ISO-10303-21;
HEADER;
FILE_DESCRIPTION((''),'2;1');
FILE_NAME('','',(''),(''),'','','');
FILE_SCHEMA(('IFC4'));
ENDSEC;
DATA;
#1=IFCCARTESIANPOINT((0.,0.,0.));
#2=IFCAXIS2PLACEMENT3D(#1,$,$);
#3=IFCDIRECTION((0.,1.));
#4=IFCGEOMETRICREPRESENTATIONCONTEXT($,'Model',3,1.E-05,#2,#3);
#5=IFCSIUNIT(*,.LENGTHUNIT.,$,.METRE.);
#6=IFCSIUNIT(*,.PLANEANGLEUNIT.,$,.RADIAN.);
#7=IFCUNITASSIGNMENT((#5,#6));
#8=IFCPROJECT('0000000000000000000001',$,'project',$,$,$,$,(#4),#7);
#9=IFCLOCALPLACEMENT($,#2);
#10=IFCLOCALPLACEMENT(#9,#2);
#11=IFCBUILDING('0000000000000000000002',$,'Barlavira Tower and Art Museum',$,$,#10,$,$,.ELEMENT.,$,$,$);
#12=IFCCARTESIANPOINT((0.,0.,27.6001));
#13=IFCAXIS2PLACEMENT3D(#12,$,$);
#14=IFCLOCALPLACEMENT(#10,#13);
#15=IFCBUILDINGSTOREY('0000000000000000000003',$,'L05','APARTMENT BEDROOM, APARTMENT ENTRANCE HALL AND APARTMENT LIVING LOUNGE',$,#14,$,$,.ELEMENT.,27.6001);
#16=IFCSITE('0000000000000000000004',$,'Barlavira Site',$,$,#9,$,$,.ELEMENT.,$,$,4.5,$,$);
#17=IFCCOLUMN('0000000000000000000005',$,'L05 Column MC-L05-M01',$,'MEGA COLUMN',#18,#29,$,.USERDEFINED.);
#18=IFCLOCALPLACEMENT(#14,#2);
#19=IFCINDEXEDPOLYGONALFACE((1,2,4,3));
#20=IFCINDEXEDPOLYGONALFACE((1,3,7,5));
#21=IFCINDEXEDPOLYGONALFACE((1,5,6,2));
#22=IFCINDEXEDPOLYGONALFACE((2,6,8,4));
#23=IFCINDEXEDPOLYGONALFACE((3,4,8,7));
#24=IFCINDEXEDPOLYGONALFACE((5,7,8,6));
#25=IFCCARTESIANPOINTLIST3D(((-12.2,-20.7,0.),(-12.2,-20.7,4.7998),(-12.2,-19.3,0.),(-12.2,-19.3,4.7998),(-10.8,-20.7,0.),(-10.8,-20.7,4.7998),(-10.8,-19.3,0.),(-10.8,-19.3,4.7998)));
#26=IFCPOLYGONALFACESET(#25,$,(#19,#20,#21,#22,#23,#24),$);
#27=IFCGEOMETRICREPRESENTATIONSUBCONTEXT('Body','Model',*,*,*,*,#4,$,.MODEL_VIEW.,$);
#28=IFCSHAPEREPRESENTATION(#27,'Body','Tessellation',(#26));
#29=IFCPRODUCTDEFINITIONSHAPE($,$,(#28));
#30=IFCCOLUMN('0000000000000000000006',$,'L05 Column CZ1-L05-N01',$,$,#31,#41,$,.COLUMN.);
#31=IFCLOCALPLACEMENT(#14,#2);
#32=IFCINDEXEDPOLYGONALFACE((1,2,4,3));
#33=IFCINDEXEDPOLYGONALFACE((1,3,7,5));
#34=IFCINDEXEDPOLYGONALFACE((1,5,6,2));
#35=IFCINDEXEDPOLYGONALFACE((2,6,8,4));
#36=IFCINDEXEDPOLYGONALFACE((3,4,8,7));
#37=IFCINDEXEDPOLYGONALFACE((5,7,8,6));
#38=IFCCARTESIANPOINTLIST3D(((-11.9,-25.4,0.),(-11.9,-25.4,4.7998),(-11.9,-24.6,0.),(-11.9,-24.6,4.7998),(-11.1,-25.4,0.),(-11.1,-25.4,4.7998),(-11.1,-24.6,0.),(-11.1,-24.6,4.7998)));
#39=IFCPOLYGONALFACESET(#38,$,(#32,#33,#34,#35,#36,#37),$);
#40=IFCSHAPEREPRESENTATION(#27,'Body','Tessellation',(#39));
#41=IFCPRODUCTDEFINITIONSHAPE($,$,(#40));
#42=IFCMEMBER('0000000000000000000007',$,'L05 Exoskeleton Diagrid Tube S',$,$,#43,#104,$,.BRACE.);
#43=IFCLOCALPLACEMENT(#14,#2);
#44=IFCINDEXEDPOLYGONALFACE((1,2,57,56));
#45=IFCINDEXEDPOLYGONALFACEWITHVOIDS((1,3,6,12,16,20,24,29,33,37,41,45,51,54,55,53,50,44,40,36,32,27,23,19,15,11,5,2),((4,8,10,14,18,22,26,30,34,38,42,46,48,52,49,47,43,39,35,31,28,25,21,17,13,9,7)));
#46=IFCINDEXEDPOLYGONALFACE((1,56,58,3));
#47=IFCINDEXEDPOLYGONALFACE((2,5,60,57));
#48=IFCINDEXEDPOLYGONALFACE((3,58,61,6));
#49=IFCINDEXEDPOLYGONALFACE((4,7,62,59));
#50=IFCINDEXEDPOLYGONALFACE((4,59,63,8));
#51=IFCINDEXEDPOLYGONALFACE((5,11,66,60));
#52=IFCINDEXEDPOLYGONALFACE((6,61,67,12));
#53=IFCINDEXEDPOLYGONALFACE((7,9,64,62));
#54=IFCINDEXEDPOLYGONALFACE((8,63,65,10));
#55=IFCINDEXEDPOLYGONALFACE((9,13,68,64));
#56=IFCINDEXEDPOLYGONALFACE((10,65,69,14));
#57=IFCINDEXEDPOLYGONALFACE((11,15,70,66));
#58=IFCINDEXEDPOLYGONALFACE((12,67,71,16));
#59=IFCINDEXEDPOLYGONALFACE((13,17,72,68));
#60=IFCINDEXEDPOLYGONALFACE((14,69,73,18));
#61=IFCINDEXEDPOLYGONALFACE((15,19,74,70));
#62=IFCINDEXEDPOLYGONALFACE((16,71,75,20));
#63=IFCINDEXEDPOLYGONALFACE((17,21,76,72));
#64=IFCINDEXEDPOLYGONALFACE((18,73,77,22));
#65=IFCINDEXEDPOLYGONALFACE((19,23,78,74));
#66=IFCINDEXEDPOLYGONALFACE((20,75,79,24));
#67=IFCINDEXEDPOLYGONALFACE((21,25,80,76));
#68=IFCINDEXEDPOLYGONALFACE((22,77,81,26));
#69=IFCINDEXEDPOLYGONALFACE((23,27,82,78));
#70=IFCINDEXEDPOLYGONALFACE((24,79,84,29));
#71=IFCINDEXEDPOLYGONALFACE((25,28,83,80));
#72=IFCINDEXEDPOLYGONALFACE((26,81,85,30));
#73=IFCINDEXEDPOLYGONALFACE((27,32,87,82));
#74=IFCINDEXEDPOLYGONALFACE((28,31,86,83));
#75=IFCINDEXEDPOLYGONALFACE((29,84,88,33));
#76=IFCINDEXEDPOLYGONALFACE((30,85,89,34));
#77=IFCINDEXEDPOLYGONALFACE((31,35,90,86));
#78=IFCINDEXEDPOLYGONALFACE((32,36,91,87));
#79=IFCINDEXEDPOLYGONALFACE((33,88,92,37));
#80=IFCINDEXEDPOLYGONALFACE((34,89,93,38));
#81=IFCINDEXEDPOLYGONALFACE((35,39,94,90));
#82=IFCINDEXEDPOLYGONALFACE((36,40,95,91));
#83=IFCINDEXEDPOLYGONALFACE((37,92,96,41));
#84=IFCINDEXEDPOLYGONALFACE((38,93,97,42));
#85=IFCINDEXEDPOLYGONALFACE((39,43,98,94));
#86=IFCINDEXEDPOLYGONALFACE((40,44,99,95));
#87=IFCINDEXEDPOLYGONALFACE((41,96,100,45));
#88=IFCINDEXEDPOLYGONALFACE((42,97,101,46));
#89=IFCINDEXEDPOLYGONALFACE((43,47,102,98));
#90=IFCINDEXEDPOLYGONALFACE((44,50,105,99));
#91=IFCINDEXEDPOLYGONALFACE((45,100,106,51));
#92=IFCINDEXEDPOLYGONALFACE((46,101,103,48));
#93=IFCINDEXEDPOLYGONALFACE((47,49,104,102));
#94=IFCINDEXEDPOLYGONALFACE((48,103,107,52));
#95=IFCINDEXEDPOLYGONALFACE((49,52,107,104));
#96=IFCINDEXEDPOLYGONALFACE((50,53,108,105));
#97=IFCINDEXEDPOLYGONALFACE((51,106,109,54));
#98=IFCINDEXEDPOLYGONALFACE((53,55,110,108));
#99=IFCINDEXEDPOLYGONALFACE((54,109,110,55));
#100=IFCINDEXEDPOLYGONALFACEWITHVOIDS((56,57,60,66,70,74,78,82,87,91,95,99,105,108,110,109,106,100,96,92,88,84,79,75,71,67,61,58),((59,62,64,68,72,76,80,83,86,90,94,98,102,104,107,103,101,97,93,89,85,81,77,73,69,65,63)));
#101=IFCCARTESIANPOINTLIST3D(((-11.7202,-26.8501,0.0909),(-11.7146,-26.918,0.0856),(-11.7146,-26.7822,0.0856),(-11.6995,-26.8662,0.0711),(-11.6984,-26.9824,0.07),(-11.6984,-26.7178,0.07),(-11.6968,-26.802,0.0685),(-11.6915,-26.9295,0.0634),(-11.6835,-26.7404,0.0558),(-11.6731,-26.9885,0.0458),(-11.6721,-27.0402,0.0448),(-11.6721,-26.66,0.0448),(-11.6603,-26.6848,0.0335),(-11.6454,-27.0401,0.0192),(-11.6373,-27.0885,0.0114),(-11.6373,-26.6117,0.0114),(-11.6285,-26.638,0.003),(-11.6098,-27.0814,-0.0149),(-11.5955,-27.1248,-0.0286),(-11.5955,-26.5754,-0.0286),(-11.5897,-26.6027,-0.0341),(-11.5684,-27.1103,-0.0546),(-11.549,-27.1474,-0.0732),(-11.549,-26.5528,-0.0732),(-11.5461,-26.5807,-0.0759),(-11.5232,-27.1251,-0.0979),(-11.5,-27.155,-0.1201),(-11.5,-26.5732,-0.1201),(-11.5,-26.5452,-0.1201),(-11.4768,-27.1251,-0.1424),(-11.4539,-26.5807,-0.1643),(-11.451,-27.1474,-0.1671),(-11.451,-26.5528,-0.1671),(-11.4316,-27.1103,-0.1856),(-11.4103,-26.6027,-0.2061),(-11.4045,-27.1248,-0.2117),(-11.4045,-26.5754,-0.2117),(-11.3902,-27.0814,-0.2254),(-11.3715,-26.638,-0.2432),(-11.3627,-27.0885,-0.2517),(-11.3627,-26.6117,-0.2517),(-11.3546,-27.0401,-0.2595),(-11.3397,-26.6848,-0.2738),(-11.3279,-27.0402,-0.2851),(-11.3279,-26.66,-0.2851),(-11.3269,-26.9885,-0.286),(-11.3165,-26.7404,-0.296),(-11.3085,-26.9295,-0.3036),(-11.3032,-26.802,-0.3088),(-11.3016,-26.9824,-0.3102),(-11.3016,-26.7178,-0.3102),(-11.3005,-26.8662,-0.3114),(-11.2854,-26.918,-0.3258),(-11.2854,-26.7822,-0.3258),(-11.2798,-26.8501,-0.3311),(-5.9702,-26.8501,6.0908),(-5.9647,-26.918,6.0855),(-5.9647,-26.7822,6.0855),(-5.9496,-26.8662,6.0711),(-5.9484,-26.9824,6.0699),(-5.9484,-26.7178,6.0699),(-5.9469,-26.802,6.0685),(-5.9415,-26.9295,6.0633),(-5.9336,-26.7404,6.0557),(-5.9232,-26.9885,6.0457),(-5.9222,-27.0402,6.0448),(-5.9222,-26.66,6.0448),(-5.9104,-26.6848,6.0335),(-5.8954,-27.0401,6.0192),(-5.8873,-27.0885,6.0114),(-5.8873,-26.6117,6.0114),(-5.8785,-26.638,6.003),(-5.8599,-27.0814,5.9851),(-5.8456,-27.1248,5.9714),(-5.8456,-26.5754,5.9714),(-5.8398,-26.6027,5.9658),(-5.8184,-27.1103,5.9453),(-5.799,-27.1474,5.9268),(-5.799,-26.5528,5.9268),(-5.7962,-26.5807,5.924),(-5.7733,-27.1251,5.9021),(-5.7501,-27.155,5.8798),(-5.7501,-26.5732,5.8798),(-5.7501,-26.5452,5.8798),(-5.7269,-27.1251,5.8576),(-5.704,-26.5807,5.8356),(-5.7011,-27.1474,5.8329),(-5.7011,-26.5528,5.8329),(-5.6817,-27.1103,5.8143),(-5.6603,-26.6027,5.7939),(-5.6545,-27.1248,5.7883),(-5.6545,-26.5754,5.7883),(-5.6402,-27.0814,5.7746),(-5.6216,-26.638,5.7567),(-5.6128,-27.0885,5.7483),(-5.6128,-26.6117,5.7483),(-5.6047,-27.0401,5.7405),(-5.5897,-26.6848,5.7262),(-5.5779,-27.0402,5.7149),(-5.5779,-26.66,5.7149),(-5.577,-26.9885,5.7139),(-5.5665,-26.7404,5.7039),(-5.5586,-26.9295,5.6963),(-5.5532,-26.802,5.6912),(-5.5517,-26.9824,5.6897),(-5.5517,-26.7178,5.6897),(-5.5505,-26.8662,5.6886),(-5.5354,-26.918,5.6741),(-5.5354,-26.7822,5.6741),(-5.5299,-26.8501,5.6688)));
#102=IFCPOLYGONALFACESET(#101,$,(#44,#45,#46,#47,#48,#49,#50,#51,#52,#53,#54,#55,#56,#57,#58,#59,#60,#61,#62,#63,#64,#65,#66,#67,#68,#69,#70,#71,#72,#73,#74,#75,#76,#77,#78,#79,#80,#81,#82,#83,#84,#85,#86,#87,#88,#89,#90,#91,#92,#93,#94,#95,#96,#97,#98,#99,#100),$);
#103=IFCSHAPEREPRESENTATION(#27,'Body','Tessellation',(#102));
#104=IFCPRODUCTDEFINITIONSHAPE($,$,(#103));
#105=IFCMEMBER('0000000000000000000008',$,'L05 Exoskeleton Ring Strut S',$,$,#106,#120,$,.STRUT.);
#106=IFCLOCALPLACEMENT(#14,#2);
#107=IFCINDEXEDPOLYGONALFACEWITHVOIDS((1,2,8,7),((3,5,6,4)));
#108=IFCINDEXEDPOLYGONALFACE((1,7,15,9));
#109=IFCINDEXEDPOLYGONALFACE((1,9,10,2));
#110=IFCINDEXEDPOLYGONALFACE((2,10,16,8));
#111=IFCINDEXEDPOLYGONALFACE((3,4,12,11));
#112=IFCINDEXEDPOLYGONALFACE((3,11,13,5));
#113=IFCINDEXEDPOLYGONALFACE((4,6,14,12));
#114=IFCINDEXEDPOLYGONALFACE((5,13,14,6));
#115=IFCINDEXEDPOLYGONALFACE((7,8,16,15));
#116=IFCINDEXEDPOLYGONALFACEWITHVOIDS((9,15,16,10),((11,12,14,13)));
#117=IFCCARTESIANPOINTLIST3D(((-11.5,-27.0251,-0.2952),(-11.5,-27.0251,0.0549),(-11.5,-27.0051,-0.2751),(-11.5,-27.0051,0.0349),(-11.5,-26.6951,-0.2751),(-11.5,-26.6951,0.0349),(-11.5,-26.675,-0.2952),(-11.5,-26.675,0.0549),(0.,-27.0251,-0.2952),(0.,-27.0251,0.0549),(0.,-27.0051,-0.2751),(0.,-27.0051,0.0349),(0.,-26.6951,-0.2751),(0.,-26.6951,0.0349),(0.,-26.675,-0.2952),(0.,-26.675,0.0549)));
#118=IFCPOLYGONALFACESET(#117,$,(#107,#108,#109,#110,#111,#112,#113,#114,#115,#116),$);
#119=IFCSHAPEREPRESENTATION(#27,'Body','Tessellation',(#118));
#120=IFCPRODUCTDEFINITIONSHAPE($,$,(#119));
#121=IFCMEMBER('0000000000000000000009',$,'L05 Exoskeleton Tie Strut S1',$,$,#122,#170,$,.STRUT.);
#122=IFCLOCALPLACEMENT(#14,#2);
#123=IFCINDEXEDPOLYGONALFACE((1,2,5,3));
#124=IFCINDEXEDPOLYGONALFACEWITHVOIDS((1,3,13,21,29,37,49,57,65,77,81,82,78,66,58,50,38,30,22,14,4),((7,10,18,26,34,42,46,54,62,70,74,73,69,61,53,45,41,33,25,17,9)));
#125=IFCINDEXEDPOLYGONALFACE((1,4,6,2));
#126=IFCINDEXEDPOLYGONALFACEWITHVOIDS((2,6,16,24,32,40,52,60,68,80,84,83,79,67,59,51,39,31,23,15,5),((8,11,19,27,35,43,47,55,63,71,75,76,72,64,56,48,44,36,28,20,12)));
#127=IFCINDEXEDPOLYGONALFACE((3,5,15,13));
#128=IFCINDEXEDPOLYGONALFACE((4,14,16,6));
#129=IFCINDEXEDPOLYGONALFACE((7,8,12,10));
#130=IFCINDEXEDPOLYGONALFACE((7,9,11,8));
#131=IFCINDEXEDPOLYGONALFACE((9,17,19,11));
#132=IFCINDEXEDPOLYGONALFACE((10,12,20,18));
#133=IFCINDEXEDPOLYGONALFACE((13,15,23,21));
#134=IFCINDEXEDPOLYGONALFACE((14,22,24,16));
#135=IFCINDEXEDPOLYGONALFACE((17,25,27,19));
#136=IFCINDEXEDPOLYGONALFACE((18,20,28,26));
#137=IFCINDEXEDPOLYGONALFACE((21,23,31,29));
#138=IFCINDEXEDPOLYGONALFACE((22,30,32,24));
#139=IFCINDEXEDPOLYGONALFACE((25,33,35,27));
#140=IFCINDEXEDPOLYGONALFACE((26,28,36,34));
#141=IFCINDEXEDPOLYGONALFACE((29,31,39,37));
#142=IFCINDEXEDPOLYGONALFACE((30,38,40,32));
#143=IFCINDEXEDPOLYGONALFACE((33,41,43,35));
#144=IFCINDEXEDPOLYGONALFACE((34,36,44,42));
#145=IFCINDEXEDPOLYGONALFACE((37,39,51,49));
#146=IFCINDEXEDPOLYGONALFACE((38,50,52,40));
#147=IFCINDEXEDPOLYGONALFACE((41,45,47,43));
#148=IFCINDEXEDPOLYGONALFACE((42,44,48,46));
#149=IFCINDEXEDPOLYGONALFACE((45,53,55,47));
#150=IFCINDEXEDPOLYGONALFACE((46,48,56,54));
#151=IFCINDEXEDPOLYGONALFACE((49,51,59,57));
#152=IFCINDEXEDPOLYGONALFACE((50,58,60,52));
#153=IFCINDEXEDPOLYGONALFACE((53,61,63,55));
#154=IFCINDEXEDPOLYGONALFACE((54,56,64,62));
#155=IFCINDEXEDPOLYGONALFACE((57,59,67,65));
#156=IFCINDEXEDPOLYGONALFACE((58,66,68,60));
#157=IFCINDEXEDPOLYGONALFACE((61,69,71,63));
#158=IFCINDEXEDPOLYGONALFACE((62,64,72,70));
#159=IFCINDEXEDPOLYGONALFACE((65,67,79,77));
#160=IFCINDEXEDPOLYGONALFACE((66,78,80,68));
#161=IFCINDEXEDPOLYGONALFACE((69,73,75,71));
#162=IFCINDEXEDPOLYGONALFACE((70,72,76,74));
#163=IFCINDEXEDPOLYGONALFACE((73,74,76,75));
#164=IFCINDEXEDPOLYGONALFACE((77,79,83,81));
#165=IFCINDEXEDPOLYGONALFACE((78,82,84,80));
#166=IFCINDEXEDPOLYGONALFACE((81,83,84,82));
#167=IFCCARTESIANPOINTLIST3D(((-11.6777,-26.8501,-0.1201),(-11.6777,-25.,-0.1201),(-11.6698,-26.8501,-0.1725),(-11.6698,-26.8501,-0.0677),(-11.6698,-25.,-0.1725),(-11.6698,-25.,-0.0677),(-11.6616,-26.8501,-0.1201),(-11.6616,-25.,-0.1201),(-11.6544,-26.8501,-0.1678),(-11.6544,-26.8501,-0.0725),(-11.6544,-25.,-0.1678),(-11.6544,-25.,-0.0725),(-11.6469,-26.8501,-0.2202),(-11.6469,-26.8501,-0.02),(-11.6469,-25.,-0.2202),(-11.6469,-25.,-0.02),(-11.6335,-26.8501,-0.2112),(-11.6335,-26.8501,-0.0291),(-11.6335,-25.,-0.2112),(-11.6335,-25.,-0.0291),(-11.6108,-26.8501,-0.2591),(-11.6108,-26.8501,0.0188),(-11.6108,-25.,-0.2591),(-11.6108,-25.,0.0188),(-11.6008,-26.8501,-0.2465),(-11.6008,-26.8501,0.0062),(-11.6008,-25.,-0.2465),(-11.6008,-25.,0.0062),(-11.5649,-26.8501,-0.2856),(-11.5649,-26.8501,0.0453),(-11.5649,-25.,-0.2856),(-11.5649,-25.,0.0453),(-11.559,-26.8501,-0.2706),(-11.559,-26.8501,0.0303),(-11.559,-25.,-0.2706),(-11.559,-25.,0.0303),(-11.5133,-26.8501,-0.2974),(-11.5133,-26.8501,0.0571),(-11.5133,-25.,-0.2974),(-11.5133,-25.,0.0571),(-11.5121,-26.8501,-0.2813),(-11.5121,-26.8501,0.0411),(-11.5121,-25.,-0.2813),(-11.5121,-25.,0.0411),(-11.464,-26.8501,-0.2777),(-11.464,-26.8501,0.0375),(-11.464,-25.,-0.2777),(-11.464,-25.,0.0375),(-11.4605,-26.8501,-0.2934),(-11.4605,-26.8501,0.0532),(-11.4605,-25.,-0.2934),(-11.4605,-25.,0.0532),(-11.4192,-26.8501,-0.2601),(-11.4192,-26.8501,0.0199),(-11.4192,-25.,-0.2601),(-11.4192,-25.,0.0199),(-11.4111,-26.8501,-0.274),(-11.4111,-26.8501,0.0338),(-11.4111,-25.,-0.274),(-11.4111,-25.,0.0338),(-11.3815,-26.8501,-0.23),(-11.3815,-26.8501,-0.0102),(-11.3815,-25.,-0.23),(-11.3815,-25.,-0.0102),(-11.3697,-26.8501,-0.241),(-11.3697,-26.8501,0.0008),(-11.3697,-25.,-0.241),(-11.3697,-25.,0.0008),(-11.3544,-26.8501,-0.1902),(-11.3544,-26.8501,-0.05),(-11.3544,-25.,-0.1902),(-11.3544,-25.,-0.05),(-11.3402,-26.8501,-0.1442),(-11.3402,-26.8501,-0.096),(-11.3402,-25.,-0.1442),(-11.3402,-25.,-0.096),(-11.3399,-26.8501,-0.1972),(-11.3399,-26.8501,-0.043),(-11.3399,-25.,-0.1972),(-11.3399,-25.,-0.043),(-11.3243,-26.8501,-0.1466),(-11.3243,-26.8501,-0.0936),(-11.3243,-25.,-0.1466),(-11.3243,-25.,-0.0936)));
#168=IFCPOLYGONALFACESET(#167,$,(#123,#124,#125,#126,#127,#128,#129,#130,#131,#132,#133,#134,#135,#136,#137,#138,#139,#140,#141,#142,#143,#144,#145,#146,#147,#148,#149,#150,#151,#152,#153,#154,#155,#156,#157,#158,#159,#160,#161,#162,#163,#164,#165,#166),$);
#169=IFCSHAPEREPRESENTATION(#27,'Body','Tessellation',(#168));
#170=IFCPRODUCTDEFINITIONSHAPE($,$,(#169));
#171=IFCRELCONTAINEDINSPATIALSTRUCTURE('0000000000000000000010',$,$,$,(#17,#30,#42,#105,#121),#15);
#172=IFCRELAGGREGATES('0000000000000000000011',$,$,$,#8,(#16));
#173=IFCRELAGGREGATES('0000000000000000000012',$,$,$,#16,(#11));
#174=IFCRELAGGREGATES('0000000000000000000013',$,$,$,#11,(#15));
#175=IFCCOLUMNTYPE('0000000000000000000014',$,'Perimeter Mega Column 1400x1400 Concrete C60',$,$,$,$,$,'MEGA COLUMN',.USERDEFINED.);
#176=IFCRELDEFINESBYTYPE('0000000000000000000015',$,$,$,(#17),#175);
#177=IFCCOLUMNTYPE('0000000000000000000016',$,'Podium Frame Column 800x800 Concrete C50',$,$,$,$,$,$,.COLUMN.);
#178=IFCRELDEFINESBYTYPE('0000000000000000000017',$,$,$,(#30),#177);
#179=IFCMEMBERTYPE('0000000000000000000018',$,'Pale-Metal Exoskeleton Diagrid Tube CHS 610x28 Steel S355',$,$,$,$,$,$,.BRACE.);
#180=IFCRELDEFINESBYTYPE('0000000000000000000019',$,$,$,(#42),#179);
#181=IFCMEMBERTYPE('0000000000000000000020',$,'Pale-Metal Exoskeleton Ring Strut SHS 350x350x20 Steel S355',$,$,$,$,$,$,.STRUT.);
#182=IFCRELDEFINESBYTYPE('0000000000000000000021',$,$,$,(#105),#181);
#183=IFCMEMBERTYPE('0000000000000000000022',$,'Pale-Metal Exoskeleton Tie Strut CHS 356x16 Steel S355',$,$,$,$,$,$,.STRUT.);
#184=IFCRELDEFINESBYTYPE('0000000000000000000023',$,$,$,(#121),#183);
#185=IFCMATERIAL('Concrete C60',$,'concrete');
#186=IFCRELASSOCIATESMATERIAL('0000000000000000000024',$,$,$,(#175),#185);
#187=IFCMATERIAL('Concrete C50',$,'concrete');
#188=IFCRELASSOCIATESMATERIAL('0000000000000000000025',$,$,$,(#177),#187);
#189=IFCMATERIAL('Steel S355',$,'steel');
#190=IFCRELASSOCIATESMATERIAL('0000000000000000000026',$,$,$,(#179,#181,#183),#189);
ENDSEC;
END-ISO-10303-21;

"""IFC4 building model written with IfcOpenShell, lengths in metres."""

from ifc_helpers import new_model, si_unit, direction, frame, origin, origin_2d, place, context, subcontext, project, spatial, rectangle, hollow_rectangle, hollow_circle, extrude, material, material_profile, profile_set, type_object, element, save


model = new_model("IFC4")

# Units and contexts
model_context = context("Model", 3, precision=1e-05, world=origin(), true_north=direction((0.0, 1.0)))
body_context = subcontext(model_context, "Body", "Model", "MODEL_VIEW")
ifc_project = project(units=[si_unit("LENGTHUNIT", "METRE"), si_unit("PLANEANGLEUNIT", "RADIAN")], contexts=[model_context])

# Site, building, storey
site_placement = place(None, origin())
site = spatial("IfcSite", under=ifc_project, at=site_placement, Name="Barlavira Site", CompositionType="ELEMENT", RefElevation=4.5)
building_placement = place(site_placement, origin())
building = spatial("IfcBuilding", under=site, at=building_placement, Name="Barlavira Tower and Art Museum", CompositionType="ELEMENT")
storey_placement = place(building_placement, frame((0.0, 0.0, 27.6001)))
storey = spatial("IfcBuildingStorey", under=building, at=storey_placement, Name="L05", Description="APARTMENT BEDROOM, APARTMENT ENTRANCE HALL AND APARTMENT LIVING LOUNGE", CompositionType="ELEMENT", Elevation=27.6001)

# Columns
ifc_material_1 = material(Name="Concrete C60", Category="concrete")
ifc_material_profile_1 = material_profile(ifc_material_1, rectangle(XDim=1.3999, YDim=1.3999, at=origin_2d()), Name="RC-MCOL 1400x1400")
ifc_profile_set_1 = profile_set([ifc_material_profile_1], Name="Concrete C60")
column_type_1 = type_object("IfcColumnType", Name="Perimeter Mega Column 1400x1400 Concrete C60", ElementType="MEGA COLUMN", PredefinedType="USERDEFINED", material=ifc_profile_set_1)
column_1_placement = place(storey_placement, frame((-11.5, -20.0, 0.0), z_axis=(0.0, 0.0, 1.0), x_axis=(1.0, 0.0, 0.0)))
element("IfcColumn", 1, at=column_1_placement, inside=storey, type_object=column_type_1, Name="L05 Column MC-L05-M01", ObjectType="MEGA COLUMN", PredefinedType="USERDEFINED", context=body_context, shape_type="SweptSolid", body=[
    extrude(rectangle(XDim=1.3999, YDim=1.3999, at=origin_2d()), origin(), (0.0, 0.0, 1.0), 4.7998),
])
ifc_material_2 = material(Name="Concrete C50", Category="concrete")
ifc_material_profile_2 = material_profile(ifc_material_2, rectangle(XDim=0.8, YDim=0.8, at=origin_2d()), Name="RC-COL 800x800")
ifc_profile_set_2 = profile_set([ifc_material_profile_2], Name="Concrete C50")
column_type_2 = type_object("IfcColumnType", Name="Podium Frame Column 800x800 Concrete C50", PredefinedType="COLUMN", material=ifc_profile_set_2)
column_2_placement = place(storey_placement, frame((-11.5, -25.0, 0.0), z_axis=(0.0, 0.0, 1.0), x_axis=(1.0, 0.0, 0.0)))
element("IfcColumn", 2, at=column_2_placement, inside=storey, type_object=column_type_2, Name="L05 Column CZ1-L05-N01", PredefinedType="COLUMN", context=body_context, shape_type="SweptSolid", body=[
    extrude(rectangle(XDim=0.8, YDim=0.8, at=origin_2d()), origin(), (0.0, 0.0, 1.0), 4.7998),
])

# Members
ifc_material_3 = material(Name="Steel S355", Category="steel")
ifc_material_profile_3 = material_profile(ifc_material_3, hollow_circle(Radius=0.3049, WallThickness=0.0281, at=origin_2d()), Name="CHS 610.0x28.0")
ifc_profile_set_3 = profile_set([ifc_material_profile_3], Name="Steel S355")
member_type_1 = type_object("IfcMemberType", Name="Pale-Metal Exoskeleton Diagrid Tube CHS 610x28 Steel S355", PredefinedType="BRACE", material=ifc_profile_set_3)
member_1_placement = place(storey_placement, frame((-11.5, -26.8501, -0.1201), z_axis=(0.691905, 0.0, 0.721988), x_axis=(0.0, 1.0, 0.0)))
element("IfcMember", 3, at=member_1_placement, inside=storey, type_object=member_type_1, Name="L05 Exoskeleton Diagrid Tube S", PredefinedType="BRACE", context=body_context, shape_type="SweptSolid", body=[
    extrude(hollow_circle(Radius=0.3049, WallThickness=0.0281, at=origin_2d()), origin(), (0.0, 0.0, 1.0), 8.3103),
])
ifc_material_profile_4 = material_profile(ifc_material_3, hollow_rectangle(XDim=0.3501, YDim=0.3501, WallThickness=0.02, at=origin_2d()), Name="SHS 350x350x20.0")
ifc_profile_set_4 = profile_set([ifc_material_profile_4], Name="Steel S355")
member_type_2 = type_object("IfcMemberType", Name="Pale-Metal Exoskeleton Ring Strut SHS 350x350x20 Steel S355", PredefinedType="STRUT", material=ifc_profile_set_4)
member_2_placement = place(storey_placement, frame((-11.5, -26.8501, -0.1201), z_axis=(1.0, 0.0, 0.0), x_axis=(0.0, 1.0, 0.0)))
element("IfcMember", 4, at=member_2_placement, inside=storey, type_object=member_type_2, Name="L05 Exoskeleton Ring Strut S", PredefinedType="STRUT", context=body_context, shape_type="SweptSolid", body=[
    extrude(hollow_rectangle(XDim=0.3501, YDim=0.3501, WallThickness=0.02, at=origin_2d()), origin(), (0.0, 0.0, 1.0), 11.5),
])
ifc_material_profile_5 = material_profile(ifc_material_3, hollow_circle(Radius=0.1777, WallThickness=0.0161, at=origin_2d()), Name="CHS 355.6x16.0")
ifc_profile_set_5 = profile_set([ifc_material_profile_5], Name="Steel S355")
member_type_3 = type_object("IfcMemberType", Name="Pale-Metal Exoskeleton Tie Strut CHS 356x16 Steel S355", PredefinedType="STRUT", material=ifc_profile_set_5)
member_3_placement = place(storey_placement, frame((-11.5, -26.8501, -0.1201), z_axis=(0.0, 1.0, 0.0), x_axis=(-1.0, 0.0, 0.0)))
element("IfcMember", 5, at=member_3_placement, inside=storey, type_object=member_type_3, Name="L05 Exoskeleton Tie Strut S1", PredefinedType="STRUT", context=body_context, shape_type="SweptSolid", body=[
    extrude(hollow_circle(Radius=0.1777, WallThickness=0.0161, at=origin_2d()), origin(), (0.0, 0.0, 1.0), 1.8501),
])

save(model, "model.ifc")
